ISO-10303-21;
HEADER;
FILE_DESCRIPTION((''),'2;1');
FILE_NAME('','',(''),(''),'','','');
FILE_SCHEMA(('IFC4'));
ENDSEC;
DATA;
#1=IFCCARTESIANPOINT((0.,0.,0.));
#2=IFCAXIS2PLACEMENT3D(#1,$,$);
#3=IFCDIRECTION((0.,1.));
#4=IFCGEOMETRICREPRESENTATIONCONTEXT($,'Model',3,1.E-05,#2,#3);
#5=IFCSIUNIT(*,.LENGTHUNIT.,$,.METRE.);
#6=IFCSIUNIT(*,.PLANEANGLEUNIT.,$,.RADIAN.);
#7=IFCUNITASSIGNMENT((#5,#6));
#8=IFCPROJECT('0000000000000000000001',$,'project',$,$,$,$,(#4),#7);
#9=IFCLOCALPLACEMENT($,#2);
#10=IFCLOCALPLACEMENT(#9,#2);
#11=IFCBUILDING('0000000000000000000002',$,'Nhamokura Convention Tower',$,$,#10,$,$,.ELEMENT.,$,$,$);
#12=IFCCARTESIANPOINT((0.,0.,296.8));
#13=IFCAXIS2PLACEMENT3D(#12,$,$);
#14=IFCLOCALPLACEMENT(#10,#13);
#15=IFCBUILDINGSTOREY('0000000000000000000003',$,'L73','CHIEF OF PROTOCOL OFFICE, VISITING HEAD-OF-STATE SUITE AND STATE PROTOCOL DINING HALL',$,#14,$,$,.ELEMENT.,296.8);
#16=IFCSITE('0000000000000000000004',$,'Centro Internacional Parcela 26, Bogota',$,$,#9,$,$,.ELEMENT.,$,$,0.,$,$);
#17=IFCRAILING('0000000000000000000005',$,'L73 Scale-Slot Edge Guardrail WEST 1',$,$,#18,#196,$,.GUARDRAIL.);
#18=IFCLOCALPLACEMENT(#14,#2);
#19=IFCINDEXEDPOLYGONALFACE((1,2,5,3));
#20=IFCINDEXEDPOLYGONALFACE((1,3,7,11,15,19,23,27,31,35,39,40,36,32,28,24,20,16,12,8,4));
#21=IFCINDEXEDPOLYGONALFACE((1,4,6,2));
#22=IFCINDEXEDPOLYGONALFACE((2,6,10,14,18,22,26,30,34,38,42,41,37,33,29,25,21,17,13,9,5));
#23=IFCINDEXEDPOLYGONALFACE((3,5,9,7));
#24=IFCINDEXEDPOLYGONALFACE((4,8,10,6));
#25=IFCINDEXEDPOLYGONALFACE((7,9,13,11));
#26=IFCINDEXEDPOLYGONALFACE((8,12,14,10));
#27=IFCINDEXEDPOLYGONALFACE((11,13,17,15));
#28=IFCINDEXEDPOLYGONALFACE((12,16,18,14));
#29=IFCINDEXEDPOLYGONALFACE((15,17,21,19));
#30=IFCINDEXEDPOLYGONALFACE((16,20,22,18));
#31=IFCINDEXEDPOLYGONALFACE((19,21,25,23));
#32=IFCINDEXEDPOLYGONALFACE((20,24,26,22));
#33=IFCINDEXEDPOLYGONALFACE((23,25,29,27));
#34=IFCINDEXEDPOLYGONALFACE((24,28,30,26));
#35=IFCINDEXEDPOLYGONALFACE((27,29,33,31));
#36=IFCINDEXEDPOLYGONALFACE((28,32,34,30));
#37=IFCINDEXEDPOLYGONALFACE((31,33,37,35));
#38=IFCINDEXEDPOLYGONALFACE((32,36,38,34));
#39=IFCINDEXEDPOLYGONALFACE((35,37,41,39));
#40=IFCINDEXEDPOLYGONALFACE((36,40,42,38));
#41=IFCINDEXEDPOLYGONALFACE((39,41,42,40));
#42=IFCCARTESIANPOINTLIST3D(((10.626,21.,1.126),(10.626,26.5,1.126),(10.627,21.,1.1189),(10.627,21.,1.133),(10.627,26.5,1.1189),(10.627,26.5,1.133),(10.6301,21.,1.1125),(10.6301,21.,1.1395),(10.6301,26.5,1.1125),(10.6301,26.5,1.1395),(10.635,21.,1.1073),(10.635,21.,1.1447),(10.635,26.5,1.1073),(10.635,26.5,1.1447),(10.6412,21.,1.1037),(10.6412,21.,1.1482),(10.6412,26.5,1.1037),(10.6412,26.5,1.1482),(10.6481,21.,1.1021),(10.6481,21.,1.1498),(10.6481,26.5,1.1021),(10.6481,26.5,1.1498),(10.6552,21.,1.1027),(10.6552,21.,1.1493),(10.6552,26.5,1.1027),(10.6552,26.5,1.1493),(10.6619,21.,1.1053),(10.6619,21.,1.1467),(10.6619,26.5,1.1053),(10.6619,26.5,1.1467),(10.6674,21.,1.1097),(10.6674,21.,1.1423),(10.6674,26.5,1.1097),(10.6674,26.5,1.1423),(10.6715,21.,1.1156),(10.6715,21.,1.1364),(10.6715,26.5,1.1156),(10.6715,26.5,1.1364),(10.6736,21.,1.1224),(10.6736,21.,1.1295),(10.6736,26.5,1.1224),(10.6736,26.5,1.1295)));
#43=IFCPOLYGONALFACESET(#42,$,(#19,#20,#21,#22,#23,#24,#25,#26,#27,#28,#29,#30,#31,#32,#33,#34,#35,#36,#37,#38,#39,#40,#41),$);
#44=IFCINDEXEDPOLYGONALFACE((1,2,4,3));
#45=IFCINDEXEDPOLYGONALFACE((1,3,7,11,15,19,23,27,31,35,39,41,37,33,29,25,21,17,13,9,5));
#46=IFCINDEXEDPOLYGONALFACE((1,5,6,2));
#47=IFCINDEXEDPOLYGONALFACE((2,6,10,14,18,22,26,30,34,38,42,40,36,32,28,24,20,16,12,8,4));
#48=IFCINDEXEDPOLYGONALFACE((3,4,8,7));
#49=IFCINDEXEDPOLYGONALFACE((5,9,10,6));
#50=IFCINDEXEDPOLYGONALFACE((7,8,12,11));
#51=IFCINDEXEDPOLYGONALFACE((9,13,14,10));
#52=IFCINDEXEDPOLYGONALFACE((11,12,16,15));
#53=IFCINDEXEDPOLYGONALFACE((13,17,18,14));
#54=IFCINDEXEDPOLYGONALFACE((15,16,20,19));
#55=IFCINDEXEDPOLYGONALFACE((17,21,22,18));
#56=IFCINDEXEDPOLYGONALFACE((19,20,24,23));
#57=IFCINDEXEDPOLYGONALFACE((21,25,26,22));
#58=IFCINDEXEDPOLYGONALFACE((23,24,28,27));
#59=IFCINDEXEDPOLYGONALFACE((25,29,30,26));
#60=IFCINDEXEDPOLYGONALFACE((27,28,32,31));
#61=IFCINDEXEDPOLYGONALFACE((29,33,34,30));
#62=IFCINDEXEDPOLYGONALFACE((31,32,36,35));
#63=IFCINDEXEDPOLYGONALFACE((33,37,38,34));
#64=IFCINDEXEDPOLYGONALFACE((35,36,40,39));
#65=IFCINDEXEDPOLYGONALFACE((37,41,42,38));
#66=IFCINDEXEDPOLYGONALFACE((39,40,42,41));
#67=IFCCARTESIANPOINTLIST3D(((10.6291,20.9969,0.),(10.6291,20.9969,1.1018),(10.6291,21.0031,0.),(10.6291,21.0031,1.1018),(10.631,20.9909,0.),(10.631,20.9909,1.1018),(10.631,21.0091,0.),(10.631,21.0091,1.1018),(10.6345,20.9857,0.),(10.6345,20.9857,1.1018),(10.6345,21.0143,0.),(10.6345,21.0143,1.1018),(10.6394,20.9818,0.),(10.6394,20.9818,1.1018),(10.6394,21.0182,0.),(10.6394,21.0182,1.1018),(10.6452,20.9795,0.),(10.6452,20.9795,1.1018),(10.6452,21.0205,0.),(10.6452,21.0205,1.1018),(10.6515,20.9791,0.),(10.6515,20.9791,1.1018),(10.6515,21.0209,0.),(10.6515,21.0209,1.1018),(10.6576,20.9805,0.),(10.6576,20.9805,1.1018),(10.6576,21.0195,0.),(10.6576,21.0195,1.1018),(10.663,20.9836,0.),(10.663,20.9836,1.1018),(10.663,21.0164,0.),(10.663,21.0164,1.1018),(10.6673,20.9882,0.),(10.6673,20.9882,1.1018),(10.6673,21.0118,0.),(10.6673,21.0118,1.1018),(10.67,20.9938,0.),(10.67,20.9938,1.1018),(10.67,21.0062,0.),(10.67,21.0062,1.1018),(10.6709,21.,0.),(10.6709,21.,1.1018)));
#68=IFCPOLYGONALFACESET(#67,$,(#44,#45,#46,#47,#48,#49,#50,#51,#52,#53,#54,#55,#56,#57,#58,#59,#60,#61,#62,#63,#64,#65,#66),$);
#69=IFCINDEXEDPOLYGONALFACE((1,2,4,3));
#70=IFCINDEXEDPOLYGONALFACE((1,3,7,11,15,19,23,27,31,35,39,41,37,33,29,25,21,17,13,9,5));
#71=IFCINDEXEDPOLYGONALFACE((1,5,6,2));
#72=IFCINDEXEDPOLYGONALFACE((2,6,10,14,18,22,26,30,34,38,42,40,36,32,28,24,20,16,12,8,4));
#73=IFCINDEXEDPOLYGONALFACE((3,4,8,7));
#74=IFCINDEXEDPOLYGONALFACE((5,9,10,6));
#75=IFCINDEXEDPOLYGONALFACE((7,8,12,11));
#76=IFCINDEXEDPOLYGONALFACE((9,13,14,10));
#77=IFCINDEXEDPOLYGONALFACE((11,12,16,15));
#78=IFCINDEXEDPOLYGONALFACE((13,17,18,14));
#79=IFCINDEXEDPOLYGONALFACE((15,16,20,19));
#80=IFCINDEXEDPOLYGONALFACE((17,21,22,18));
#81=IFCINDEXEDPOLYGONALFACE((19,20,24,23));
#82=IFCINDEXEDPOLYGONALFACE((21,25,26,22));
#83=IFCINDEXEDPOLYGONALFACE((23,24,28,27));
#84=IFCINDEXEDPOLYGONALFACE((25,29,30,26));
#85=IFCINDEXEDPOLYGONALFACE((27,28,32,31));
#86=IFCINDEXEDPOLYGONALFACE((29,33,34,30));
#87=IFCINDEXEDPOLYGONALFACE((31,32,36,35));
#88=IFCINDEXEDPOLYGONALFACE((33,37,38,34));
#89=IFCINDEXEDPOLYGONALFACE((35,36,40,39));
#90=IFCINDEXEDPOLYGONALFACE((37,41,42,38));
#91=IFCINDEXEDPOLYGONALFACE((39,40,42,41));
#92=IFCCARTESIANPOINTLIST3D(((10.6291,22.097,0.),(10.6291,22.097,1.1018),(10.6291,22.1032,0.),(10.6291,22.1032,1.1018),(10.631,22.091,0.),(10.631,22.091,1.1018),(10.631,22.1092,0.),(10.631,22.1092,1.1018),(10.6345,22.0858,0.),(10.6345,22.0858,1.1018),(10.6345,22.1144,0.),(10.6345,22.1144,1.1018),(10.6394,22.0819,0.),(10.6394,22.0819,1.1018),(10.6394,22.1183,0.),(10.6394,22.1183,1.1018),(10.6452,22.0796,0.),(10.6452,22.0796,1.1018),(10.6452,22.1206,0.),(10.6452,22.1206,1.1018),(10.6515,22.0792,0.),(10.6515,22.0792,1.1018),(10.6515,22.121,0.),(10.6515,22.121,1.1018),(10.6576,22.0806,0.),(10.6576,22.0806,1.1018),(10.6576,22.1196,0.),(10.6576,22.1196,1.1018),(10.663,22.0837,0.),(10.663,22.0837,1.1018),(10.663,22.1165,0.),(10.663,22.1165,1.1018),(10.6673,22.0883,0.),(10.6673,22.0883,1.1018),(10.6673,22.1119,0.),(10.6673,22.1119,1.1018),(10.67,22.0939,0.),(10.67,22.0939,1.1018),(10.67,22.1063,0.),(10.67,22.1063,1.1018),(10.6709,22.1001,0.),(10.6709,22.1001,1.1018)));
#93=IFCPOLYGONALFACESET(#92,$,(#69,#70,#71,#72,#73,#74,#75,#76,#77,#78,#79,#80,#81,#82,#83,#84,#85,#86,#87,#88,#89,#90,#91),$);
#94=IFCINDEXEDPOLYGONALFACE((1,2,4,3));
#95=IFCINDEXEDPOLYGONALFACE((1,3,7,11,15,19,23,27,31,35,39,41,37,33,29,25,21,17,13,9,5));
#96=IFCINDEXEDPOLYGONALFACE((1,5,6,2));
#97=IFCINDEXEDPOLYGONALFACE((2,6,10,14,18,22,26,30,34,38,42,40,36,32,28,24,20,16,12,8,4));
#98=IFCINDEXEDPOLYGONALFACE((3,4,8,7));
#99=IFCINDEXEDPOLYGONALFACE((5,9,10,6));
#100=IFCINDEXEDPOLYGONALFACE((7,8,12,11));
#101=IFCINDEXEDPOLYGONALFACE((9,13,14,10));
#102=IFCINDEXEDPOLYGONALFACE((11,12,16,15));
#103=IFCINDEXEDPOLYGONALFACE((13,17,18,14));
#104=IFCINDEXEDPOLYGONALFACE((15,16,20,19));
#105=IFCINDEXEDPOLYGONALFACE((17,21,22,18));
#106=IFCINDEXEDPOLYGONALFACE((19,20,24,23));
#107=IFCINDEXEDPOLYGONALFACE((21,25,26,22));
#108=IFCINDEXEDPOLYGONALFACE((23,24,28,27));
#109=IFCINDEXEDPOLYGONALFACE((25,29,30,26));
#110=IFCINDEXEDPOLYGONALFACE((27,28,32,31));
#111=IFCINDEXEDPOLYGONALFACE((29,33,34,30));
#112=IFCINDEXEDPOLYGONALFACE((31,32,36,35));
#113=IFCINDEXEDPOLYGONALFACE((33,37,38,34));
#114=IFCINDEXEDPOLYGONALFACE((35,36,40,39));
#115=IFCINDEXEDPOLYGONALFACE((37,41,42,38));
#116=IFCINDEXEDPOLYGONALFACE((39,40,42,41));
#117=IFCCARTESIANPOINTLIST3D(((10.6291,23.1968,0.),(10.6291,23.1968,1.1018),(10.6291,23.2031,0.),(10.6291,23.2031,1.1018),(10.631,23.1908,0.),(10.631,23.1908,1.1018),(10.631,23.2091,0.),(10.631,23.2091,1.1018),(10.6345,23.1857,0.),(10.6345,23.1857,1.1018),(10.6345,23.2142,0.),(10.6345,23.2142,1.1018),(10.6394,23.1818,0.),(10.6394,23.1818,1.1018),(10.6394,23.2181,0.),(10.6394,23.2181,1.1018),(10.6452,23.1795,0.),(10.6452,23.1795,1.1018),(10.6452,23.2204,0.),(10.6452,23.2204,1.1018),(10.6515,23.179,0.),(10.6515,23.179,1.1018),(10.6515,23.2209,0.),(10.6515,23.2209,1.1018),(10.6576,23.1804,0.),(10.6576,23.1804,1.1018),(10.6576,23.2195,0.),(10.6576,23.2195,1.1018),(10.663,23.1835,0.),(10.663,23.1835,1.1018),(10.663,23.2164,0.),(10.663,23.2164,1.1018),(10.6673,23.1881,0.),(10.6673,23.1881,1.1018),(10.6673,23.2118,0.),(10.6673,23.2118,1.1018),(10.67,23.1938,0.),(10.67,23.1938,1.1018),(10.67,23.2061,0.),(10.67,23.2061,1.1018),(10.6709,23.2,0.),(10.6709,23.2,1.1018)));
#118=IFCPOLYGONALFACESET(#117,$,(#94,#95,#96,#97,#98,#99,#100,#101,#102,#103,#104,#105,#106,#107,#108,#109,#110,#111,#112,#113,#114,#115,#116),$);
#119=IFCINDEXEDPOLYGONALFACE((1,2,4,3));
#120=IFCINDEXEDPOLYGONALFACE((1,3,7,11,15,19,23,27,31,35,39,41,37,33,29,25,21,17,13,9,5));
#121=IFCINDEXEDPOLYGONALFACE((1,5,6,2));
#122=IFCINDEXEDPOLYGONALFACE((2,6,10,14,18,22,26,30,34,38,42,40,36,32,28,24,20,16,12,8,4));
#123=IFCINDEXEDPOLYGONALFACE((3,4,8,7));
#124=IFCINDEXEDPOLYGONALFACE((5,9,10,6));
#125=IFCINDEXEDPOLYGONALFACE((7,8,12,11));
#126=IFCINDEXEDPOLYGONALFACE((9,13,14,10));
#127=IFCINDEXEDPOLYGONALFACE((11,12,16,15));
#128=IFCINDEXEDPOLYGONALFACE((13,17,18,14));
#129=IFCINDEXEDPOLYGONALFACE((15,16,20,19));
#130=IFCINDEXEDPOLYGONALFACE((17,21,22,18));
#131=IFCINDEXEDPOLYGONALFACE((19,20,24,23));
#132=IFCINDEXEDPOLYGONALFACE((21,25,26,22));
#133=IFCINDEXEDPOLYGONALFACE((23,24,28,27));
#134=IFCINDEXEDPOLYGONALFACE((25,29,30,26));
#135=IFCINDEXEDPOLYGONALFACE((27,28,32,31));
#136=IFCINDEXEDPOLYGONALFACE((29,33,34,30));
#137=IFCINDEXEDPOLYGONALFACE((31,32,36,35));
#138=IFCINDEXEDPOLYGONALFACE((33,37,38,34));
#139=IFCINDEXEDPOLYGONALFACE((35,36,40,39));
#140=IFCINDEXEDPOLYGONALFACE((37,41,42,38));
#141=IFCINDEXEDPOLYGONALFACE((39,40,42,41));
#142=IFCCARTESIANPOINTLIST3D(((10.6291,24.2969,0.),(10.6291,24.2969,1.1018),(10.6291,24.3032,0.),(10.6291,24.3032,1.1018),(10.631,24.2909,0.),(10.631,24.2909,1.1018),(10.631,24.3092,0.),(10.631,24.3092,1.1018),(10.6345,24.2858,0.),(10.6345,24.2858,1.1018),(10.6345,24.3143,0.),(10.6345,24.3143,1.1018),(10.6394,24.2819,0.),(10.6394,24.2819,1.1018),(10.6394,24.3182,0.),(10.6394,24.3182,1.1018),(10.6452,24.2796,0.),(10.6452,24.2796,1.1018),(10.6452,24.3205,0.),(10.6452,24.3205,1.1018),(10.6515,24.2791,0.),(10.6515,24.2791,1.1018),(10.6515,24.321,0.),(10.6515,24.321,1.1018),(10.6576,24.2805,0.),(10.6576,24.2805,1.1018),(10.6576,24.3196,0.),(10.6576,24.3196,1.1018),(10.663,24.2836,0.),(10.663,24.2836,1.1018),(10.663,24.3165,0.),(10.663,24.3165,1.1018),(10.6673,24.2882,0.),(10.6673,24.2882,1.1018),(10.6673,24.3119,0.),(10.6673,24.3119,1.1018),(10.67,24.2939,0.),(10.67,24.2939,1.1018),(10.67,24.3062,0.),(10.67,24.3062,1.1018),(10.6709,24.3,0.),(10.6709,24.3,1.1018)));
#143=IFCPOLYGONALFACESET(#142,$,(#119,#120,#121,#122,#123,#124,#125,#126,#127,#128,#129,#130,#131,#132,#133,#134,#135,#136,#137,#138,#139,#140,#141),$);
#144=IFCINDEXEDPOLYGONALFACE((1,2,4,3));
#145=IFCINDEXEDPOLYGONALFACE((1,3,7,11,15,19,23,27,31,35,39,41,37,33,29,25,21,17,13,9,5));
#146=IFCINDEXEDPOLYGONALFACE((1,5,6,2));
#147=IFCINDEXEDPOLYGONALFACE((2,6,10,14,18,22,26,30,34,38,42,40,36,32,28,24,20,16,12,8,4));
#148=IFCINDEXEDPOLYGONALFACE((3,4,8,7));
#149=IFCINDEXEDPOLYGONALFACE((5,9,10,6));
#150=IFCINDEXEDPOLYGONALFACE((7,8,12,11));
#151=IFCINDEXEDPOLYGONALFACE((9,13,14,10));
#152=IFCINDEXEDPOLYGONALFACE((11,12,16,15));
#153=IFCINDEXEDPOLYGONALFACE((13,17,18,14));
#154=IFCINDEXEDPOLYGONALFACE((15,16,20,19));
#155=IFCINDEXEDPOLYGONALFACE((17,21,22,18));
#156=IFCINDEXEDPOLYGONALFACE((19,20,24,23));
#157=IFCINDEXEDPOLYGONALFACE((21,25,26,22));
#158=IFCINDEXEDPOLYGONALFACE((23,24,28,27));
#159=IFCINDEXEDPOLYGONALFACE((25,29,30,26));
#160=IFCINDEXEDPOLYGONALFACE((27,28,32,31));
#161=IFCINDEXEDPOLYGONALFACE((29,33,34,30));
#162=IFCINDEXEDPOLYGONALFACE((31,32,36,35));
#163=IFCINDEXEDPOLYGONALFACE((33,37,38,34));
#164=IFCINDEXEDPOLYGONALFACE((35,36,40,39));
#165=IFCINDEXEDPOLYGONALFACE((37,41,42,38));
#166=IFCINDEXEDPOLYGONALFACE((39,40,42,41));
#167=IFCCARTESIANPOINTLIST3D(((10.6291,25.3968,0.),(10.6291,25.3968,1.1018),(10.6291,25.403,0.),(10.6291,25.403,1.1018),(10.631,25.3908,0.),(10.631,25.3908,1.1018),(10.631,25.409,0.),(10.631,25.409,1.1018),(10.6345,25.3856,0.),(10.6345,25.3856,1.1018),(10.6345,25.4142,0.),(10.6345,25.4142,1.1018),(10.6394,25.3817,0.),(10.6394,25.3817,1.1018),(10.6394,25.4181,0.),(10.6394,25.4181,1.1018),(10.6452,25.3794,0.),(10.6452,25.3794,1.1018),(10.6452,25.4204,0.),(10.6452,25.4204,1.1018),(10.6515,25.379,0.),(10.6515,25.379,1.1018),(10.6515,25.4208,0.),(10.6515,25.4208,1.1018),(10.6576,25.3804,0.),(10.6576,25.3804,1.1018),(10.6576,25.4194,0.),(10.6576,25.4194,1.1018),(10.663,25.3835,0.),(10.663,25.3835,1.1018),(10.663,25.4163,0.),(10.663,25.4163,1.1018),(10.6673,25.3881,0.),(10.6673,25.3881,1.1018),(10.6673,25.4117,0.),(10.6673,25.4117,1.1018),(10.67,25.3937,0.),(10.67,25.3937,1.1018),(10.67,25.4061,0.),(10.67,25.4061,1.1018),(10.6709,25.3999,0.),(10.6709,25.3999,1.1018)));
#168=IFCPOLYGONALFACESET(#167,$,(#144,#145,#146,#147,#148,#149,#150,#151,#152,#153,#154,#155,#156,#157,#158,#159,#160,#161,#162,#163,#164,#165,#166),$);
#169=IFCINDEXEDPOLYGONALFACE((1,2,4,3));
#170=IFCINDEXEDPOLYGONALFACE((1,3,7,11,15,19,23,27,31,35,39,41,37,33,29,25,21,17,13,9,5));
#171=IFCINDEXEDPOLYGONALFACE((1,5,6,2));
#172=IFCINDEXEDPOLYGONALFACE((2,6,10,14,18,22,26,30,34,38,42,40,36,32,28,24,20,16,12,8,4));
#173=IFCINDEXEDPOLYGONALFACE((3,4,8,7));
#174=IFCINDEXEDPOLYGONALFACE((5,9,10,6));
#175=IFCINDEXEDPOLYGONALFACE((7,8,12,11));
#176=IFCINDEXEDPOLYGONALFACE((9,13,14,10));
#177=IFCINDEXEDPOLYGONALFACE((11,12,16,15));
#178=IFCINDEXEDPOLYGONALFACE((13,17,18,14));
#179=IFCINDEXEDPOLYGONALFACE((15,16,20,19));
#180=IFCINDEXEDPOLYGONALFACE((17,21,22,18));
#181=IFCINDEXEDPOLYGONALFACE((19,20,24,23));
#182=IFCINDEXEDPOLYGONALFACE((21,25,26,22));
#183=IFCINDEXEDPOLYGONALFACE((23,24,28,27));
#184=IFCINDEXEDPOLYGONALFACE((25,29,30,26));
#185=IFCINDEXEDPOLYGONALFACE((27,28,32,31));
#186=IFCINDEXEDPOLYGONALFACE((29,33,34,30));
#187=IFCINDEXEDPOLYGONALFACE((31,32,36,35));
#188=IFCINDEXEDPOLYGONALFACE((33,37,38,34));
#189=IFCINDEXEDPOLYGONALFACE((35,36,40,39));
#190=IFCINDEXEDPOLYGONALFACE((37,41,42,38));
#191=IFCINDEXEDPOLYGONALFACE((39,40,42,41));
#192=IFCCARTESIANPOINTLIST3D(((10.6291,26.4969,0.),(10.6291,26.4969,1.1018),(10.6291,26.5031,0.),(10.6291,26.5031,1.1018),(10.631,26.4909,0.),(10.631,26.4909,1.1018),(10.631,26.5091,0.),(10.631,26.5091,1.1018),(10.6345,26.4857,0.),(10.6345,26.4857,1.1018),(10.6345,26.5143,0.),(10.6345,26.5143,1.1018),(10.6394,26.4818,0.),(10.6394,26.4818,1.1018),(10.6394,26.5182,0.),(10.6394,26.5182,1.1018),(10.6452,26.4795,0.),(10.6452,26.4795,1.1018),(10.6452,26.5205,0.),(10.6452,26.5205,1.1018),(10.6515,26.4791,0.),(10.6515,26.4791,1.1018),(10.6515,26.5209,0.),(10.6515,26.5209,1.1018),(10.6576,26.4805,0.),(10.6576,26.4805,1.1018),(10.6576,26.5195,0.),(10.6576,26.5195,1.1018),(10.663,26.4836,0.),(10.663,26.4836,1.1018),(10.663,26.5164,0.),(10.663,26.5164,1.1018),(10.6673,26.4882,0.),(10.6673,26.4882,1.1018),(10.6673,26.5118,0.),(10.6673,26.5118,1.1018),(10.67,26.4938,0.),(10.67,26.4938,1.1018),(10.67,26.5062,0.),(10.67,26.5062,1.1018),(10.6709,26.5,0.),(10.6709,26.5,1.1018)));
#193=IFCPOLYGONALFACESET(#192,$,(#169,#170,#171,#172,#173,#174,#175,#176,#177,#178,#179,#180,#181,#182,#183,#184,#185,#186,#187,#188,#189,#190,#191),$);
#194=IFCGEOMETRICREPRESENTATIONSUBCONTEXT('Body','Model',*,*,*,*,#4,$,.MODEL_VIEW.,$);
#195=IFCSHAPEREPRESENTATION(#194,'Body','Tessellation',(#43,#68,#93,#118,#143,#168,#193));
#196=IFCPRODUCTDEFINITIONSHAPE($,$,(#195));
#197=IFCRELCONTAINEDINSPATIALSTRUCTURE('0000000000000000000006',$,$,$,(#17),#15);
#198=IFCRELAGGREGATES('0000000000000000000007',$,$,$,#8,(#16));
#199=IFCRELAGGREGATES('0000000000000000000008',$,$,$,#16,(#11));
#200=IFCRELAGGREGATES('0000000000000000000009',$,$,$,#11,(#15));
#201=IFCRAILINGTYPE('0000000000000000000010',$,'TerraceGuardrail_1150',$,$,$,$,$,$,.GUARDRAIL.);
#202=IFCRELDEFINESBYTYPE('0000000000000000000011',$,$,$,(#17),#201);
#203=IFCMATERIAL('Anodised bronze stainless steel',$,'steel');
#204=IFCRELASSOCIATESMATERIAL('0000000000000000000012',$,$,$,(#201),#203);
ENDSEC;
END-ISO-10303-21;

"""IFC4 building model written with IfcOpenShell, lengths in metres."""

from ifc_helpers import new_model, si_unit, direction, frame, origin, origin_2d, place, context, subcontext, project, spatial, circle, extrude, material, type_object, element, save


model = new_model("IFC4")

# Units and contexts
model_context = context("Model", 3, precision=1e-05, world=origin(), true_north=direction((0.0, 1.0)))
body_context = subcontext(model_context, "Body", "Model", "MODEL_VIEW")
ifc_project = project(units=[si_unit("LENGTHUNIT", "METRE"), si_unit("PLANEANGLEUNIT", "RADIAN")], contexts=[model_context])

# Site, building, storey
site_placement = place(None, origin())
site = spatial("IfcSite", under=ifc_project, at=site_placement, Name="Centro Internacional Parcela 26, Bogota", CompositionType="ELEMENT", RefElevation=0.0)
building_placement = place(site_placement, origin())
building = spatial("IfcBuilding", under=site, at=building_placement, Name="Nhamokura Convention Tower", CompositionType="ELEMENT")
storey_placement = place(building_placement, frame((0.0, 0.0, 296.8)))
storey = spatial("IfcBuildingStorey", under=building, at=storey_placement, Name="L73", Description="CHIEF OF PROTOCOL OFFICE, VISITING HEAD-OF-STATE SUITE AND STATE PROTOCOL DINING HALL", CompositionType="ELEMENT", Elevation=296.8)

# Railing
ifc_material_1 = material(Name="Anodised bronze stainless steel", Category="steel")
railing_type_1 = type_object("IfcRailingType", Name="TerraceGuardrail_1150", PredefinedType="GUARDRAIL", material=ifc_material_1)
for number, where, name in (
    (1, (10.6499, 21.0, 0.0), "L73 Scale-Slot Edge Guardrail WEST 1"),
):
    element("IfcRailing", number, at=place(storey_placement, frame(where)), inside=storey, type_object=railing_type_1, Name=name, PredefinedType="GUARDRAIL", context=body_context, shape_type="SweptSolid", body=[
        extrude(circle(Radius=0.0239, at=origin_2d()), frame((0.0, 0.0, 1.126), z_axis=(0.0, 1.0, 0.0), x_axis=(-1.0, 0.0, 0.0)), (0.0, 0.0, 1.0), 5.5),
        extrude(circle(Radius=0.021, at=origin_2d()), origin(), (0.0, 0.0, 1.0), 1.1018),
        extrude(circle(Radius=0.021, at=origin_2d()), frame((0.0, 1.1001, 0.0)), (0.0, 0.0, 1.0), 1.1018),
        extrude(circle(Radius=0.021, at=origin_2d()), frame((0.0, 2.2, 0.0)), (0.0, 0.0, 1.0), 1.1018),
        extrude(circle(Radius=0.021, at=origin_2d()), frame((0.0, 3.3, 0.0)), (0.0, 0.0, 1.0), 1.1018),
        extrude(circle(Radius=0.021, at=origin_2d()), frame((0.0, 4.3999, 0.0)), (0.0, 0.0, 1.0), 1.1018),
        extrude(circle(Radius=0.021, at=origin_2d()), frame((0.0, 5.5, 0.0)), (0.0, 0.0, 1.0), 1.1018),
    ])

save(model, "model.ifc")
